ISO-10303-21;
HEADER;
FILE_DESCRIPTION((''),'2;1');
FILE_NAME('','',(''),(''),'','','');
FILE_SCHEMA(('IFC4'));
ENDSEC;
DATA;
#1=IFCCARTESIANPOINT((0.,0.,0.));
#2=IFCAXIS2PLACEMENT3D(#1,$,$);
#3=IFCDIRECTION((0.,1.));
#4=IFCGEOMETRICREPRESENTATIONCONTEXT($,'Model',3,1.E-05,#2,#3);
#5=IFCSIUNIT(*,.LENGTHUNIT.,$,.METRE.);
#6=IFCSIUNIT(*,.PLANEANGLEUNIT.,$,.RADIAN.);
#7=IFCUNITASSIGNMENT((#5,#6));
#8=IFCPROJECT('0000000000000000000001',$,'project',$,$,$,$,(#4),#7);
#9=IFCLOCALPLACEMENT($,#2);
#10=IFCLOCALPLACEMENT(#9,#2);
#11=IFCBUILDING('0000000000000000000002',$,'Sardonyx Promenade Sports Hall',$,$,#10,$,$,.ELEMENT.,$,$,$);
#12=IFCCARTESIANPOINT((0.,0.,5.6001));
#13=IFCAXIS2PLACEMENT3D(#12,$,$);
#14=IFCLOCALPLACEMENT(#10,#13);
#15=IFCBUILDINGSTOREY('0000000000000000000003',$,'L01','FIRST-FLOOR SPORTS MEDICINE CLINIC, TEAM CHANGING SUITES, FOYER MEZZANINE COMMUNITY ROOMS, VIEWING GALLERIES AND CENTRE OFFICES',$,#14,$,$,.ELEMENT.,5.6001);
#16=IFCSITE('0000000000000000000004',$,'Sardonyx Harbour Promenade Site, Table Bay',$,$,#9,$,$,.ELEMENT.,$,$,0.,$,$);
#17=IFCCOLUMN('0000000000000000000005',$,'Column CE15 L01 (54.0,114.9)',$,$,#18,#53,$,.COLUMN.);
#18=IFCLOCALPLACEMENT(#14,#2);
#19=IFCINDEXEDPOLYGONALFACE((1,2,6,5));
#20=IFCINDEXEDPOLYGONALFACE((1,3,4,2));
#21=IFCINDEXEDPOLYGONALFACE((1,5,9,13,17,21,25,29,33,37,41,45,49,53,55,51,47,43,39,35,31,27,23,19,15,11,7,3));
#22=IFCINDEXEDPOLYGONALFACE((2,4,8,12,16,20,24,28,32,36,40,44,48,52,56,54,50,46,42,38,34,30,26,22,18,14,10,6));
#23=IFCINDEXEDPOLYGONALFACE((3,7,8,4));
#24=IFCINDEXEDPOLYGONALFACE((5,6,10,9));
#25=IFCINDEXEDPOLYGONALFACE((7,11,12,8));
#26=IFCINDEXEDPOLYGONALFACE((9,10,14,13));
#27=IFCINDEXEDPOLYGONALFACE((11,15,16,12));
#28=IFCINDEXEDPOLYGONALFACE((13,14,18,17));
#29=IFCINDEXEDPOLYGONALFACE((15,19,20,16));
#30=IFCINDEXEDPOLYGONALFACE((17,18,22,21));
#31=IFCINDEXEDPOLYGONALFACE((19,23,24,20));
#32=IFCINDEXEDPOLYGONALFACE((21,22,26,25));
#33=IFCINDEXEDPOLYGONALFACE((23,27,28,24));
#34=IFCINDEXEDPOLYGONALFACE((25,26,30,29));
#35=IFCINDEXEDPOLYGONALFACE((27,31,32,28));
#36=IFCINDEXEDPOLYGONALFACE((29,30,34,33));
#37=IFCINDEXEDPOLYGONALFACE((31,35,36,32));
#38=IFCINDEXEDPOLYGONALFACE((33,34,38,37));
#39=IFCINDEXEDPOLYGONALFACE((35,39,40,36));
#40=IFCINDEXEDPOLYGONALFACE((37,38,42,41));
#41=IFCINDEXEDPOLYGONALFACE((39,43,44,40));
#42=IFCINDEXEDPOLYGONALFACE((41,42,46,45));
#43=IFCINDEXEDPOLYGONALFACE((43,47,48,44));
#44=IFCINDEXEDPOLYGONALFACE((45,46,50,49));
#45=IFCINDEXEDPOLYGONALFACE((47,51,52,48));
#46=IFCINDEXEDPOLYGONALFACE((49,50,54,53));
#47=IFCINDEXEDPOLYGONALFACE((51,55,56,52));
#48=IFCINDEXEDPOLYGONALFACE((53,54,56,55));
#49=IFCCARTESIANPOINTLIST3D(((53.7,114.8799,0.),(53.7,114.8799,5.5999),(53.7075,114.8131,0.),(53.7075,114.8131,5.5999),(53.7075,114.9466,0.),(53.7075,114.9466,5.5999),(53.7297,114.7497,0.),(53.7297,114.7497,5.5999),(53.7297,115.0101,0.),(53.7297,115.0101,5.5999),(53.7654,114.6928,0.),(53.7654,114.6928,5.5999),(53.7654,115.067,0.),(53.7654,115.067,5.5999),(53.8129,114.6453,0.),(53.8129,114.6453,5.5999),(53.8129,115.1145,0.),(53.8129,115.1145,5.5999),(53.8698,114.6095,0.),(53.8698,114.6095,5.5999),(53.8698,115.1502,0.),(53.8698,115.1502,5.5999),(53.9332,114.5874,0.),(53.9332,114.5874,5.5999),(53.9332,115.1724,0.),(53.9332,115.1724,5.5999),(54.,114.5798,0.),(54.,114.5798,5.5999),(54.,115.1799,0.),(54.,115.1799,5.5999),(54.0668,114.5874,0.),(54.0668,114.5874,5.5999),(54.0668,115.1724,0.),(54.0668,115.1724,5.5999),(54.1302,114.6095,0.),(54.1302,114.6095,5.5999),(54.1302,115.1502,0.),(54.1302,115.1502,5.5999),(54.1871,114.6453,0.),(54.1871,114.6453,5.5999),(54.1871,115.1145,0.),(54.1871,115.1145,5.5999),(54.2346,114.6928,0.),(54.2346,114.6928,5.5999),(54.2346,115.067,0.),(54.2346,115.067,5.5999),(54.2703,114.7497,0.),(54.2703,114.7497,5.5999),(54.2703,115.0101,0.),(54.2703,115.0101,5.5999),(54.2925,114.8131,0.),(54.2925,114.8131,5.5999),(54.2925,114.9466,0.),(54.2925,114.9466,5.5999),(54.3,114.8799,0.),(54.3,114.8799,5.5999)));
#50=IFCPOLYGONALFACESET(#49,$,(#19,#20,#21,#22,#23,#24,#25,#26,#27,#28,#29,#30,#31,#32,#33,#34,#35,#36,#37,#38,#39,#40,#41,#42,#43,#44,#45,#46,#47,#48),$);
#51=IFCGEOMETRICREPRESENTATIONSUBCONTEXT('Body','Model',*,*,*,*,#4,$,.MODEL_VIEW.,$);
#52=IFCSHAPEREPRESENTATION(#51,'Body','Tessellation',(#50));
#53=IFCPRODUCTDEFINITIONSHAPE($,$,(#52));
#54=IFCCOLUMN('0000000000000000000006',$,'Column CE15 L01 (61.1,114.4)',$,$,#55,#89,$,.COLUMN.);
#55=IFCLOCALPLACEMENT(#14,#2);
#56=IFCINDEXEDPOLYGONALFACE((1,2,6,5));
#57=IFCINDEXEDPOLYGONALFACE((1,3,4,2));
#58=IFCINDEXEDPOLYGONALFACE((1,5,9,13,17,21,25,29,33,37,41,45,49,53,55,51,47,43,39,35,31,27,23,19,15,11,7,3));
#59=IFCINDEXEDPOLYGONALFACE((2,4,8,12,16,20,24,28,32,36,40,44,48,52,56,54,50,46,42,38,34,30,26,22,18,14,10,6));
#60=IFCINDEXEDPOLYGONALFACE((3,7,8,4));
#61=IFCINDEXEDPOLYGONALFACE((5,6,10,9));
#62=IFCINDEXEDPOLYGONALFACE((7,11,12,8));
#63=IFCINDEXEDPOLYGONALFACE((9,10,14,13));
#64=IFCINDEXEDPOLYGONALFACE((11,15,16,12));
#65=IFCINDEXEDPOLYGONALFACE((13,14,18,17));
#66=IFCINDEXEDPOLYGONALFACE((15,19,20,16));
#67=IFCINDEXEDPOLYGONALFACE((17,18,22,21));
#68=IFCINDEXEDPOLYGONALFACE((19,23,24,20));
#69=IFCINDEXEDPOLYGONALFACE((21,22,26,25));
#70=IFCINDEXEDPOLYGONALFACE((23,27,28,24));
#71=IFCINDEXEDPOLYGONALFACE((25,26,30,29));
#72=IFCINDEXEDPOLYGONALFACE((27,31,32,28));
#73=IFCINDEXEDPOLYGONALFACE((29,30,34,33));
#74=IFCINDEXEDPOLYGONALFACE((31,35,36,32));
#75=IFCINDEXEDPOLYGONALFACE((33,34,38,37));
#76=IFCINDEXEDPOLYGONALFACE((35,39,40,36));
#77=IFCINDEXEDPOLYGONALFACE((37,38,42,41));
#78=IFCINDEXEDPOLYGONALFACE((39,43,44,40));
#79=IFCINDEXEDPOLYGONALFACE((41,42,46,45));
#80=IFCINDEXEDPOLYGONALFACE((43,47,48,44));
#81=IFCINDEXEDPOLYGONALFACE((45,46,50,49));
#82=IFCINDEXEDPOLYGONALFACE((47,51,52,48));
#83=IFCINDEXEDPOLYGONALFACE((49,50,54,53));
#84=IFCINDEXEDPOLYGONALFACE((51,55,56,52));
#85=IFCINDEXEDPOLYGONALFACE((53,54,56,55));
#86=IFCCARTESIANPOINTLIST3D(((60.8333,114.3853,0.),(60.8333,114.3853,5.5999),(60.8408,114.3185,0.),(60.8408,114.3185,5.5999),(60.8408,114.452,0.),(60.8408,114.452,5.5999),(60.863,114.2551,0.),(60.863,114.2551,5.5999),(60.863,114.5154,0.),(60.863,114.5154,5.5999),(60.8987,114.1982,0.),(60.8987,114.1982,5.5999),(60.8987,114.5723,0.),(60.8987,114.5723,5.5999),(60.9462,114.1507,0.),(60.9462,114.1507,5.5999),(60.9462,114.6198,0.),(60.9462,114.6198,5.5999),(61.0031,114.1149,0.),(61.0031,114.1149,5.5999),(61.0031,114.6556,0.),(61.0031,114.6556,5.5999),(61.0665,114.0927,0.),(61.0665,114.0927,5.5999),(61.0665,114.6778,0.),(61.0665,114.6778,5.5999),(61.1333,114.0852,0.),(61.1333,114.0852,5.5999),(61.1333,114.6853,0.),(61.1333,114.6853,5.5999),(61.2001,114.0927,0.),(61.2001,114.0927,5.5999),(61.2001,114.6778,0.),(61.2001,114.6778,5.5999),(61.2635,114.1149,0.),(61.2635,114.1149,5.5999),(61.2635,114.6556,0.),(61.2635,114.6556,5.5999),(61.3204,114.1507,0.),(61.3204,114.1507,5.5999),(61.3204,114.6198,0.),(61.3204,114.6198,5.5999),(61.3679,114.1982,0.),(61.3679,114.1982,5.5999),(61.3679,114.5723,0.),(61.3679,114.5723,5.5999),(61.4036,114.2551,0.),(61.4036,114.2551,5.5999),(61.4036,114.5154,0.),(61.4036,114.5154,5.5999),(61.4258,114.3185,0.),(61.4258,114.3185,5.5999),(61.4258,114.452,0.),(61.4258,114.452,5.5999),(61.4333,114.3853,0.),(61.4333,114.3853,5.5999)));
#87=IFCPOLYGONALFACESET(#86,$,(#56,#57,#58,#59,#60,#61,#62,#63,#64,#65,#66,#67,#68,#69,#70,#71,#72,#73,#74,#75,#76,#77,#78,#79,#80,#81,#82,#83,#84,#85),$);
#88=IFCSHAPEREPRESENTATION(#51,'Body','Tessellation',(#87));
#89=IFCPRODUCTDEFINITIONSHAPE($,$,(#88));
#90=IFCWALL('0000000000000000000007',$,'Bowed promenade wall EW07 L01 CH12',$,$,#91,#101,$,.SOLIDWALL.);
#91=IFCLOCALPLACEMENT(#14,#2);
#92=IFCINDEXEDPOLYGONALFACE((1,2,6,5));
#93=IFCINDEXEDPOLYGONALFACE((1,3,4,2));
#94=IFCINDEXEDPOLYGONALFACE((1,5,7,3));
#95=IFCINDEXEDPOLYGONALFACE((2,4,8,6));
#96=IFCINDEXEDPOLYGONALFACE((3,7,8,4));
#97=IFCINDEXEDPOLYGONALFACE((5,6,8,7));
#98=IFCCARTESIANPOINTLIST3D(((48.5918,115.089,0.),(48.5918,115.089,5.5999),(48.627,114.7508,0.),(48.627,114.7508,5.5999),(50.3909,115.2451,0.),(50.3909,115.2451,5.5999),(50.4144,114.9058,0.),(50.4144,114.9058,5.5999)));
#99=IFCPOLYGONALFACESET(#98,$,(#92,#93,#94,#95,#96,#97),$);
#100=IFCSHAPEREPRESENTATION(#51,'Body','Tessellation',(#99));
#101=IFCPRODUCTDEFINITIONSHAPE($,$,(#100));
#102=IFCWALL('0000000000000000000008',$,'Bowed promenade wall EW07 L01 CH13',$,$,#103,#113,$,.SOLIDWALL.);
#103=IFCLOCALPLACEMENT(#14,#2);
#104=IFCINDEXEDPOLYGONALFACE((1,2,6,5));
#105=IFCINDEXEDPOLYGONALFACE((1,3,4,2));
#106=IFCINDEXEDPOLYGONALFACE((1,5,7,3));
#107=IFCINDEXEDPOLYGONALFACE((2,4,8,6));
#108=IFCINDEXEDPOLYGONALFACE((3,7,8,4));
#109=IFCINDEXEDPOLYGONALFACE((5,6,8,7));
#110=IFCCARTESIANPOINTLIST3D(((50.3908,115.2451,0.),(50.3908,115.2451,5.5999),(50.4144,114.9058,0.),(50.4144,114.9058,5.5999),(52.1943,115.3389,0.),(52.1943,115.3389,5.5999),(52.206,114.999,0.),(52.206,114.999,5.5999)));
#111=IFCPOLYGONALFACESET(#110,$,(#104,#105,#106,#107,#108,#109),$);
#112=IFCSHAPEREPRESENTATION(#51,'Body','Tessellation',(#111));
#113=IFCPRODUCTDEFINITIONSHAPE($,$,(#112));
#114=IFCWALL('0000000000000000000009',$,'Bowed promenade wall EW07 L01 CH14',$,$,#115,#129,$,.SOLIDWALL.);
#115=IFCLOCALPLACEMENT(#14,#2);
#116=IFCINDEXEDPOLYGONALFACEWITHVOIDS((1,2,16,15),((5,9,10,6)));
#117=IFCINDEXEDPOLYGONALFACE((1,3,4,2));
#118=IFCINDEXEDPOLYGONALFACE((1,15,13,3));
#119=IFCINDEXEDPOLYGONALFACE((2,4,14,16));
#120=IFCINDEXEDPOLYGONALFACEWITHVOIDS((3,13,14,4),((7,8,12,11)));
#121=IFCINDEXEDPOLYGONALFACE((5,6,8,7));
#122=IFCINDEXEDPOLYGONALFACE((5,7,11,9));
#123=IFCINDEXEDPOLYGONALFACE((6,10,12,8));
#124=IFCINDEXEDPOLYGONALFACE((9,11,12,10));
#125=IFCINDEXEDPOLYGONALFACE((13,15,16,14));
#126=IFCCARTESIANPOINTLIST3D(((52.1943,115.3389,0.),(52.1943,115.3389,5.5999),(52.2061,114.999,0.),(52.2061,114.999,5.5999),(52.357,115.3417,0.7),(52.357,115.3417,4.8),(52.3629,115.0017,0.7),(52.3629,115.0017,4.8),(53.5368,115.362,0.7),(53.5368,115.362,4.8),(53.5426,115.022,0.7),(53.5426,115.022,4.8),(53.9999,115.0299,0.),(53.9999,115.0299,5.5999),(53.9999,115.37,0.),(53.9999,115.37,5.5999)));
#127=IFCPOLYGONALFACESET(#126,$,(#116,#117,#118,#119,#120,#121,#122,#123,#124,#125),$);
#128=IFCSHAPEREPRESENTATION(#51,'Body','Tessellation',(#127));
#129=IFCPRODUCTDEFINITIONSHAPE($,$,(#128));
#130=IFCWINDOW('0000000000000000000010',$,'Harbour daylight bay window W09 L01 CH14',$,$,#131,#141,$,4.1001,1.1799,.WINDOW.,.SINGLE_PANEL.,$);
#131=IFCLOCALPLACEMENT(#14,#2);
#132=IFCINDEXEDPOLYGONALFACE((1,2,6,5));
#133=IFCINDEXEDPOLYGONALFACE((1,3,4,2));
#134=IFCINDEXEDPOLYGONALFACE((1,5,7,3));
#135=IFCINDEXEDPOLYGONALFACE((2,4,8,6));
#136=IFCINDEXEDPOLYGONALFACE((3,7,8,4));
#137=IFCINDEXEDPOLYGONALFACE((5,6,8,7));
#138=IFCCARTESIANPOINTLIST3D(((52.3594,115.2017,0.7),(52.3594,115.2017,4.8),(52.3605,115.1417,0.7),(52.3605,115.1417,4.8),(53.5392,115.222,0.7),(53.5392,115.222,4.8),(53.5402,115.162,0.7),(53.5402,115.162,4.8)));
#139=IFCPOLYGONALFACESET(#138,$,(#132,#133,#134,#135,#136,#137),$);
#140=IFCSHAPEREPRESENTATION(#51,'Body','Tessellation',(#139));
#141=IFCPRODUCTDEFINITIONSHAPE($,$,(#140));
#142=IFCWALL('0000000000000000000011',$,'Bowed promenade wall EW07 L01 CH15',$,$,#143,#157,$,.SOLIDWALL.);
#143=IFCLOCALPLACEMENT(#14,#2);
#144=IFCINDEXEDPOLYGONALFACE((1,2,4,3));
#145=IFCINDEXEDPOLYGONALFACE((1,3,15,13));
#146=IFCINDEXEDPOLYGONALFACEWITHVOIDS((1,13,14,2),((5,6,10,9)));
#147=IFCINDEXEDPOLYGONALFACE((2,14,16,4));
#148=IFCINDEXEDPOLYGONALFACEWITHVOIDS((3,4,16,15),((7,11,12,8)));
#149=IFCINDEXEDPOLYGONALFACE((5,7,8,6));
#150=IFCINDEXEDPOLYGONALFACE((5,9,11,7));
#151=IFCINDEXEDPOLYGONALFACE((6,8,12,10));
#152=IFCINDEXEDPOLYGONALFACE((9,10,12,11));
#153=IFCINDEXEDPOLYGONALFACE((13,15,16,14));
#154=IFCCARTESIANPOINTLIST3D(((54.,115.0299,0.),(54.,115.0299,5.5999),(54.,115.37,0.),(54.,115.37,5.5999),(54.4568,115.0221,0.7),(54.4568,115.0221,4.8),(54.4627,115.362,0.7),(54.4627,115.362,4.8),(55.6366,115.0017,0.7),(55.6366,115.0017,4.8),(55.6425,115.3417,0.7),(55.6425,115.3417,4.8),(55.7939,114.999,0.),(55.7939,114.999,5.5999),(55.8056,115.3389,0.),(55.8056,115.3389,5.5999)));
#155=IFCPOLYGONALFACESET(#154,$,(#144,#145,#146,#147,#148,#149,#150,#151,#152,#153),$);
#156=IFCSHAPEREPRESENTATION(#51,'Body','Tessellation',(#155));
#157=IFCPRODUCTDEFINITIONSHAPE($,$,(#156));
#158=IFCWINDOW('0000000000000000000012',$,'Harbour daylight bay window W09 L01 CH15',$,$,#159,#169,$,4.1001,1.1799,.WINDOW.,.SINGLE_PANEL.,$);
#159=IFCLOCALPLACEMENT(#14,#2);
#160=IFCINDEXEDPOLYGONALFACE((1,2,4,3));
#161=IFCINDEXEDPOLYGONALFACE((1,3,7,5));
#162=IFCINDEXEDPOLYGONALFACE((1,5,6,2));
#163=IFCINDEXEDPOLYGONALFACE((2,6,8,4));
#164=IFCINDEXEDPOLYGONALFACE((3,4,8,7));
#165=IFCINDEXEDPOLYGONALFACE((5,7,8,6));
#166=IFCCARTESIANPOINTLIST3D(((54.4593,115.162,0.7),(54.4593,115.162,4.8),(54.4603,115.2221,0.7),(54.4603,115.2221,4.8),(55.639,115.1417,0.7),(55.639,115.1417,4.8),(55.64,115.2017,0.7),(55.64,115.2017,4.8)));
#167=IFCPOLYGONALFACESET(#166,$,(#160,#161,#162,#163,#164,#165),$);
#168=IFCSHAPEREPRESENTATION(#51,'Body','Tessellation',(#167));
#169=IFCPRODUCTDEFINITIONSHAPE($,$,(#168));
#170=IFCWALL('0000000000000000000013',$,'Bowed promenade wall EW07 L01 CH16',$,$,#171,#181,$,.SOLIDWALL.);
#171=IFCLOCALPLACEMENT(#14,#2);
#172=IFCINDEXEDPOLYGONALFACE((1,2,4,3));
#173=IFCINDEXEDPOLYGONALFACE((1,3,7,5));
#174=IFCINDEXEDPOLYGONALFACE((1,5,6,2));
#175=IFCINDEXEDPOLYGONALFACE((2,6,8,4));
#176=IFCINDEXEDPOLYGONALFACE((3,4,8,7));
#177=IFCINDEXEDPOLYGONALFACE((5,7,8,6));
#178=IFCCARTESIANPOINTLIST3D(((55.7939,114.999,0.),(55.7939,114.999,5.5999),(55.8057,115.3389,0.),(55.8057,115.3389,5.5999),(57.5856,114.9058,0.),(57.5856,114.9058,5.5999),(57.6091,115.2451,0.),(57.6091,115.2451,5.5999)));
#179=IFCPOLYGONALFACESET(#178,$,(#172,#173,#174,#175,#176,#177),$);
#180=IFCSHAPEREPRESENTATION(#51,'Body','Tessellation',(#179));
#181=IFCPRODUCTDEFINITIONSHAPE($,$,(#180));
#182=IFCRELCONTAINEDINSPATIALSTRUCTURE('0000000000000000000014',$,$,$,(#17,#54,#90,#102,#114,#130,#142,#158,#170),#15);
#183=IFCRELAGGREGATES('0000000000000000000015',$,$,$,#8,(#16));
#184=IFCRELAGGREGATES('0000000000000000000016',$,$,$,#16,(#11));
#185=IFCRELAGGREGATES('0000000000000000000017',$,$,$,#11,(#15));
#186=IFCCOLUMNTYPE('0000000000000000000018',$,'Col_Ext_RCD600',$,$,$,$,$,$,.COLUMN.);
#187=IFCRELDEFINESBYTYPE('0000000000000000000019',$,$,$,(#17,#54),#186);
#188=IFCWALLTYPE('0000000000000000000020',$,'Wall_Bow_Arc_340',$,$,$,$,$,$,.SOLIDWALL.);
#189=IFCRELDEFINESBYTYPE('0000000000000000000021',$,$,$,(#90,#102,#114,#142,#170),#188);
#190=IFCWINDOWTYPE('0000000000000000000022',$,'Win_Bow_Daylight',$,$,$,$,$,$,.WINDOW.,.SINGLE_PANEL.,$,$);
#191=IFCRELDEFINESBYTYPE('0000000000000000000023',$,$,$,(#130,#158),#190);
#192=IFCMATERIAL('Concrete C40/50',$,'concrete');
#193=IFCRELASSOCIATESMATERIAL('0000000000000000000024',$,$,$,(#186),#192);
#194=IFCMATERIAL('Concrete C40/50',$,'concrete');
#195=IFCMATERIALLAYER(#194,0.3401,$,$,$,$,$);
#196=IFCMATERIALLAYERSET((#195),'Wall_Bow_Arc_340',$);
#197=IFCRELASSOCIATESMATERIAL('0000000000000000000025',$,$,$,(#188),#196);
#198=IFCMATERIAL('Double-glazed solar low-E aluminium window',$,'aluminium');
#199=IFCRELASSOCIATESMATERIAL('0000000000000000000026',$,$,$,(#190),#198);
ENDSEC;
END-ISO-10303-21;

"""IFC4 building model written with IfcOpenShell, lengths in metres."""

from ifc_helpers import new_model, si_unit, direction, frame, frame_2d, origin, origin_2d, place, context, subcontext, project, spatial, polyline, rectangle, circle, outline, extrude, material, layer, layer_set, material_profile, profile_set, type_object, element, fill, save


model = new_model("IFC4")

# Units and contexts
model_context = context("Model", 3, precision=1e-05, world=origin(), true_north=direction((0.0, 1.0)))
body_context = subcontext(model_context, "Body", "Model", "MODEL_VIEW")
ifc_project = project(units=[si_unit("LENGTHUNIT", "METRE"), si_unit("PLANEANGLEUNIT", "RADIAN")], contexts=[model_context])

# Site, building, storey
site_placement = place(None, origin())
site = spatial("IfcSite", under=ifc_project, at=site_placement, Name="Sardonyx Harbour Promenade Site, Table Bay", CompositionType="ELEMENT", RefElevation=0.0)
building_placement = place(site_placement, origin())
building = spatial("IfcBuilding", under=site, at=building_placement, Name="Sardonyx Promenade Sports Hall", CompositionType="ELEMENT")
storey_placement = place(building_placement, frame((0.0, 0.0, 5.6001)))
storey = spatial("IfcBuildingStorey", under=building, at=storey_placement, Name="L01", Description="FIRST-FLOOR SPORTS MEDICINE CLINIC, TEAM CHANGING SUITES, FOYER MEZZANINE COMMUNITY ROOMS, VIEWING GALLERIES AND CENTRE OFFICES", CompositionType="ELEMENT", Elevation=5.6001)

# Columns
ifc_material_1 = material(Name="Concrete C40/50", Category="concrete")
ifc_material_profile = material_profile(ifc_material_1, circle(Radius=0.3, at=origin_2d()))
ifc_profile_set = profile_set([ifc_material_profile], Name="Concrete C40/50")
column_type = type_object("IfcColumnType", Name="Col_Ext_RCD600", PredefinedType="COLUMN", material=ifc_profile_set)
for number, where, z_axis, x_axis, name in (
    (1, (54.0, 114.8799, 0.0), (0.0, 0.0, 1.0), (1.0, 0.0, 0.0), "Column CE15 L01 (54.0,114.9)"),
    (2, (61.1333, 114.3853, 0.0), (0.0, 0.0, 1.0), (1.0, 0.0, 0.0), "Column CE15 L01 (61.1,114.4)"),
):
    element("IfcColumn", number, at=place(storey_placement, frame(where, z_axis=z_axis, x_axis=x_axis)), inside=storey, type_object=column_type, Name=name, PredefinedType="COLUMN", context=body_context, shape_type="SweptSolid", body=[
        extrude(circle(Radius=0.3, at=origin_2d()), origin(), (0.0, 0.0, 1.0), 5.5999),
    ])

# Walls
ifc_material_2 = material(Name="Concrete C40/50", Category="concrete")
ifc_layer_1 = layer(ifc_material_2, 0.3401)
ifc_layer_set_1 = layer_set([ifc_layer_1], Name="Wall_Bow_Arc_340")
wall_type = type_object("IfcWallType", Name="Wall_Bow_Arc_340", PredefinedType="SOLIDWALL", material=ifc_layer_set_1)
wall_1_placement = place(storey_placement, frame((48.6094, 114.9199, 0.0), z_axis=(0.0, 0.0, 1.0), x_axis=(0.99626, 0.086401, 0.0)))
element("IfcWall", 3, at=wall_1_placement, inside=storey, type_object=wall_type, Name="Bowed promenade wall EW07 L01 CH12", PredefinedType="SOLIDWALL", context=body_context, shape_type="SweptSolid", body=[
    extrude(outline(polyline([(0.0029, -0.17), (1.7971, -0.17), (1.8029, 0.17), (-0.0029, 0.17), (0.0029, -0.17)])), origin(), (0.0, 0.0, 1.0), 5.5999),
])
wall_2_placement = place(storey_placement, frame((50.4026, 115.0754, 0.0), z_axis=(0.0, 0.0, 1.0), x_axis=(0.99865, 0.051947, 0.0)))
element("IfcWall", 4, at=wall_2_placement, inside=storey, type_object=wall_type, Name="Bowed promenade wall EW07 L01 CH13", PredefinedType="SOLIDWALL", context=body_context, shape_type="SweptSolid", body=[
    extrude(outline(polyline([(0.0029, -0.17), (1.7971, -0.17), (1.8029, 0.17), (-0.0029, 0.17), (0.0029, -0.17)])), origin(), (0.0, 0.0, 1.0), 5.5999),
])

# Walls, openings, windows
wall_3_placement = place(storey_placement, frame((52.2002, 115.1689, 0.0), z_axis=(0.0, 0.0, 1.0), x_axis=(0.999852, 0.017225, 0.0)))
wall_3 = element("IfcWall", 5, at=wall_3_placement, inside=storey, type_object=wall_type, Name="Bowed promenade wall EW07 L01 CH14", PredefinedType="SOLIDWALL", context=body_context, shape_type="SweptSolid", body=[
    extrude(outline(polyline([(0.0029, -0.17), (1.7971, -0.17), (1.8029, 0.17), (-0.0029, 0.17), (0.0029, -0.17)])), origin(), (0.0, 0.0, 1.0), 5.5999),
])
opening_1_placement = place(wall_3_placement, frame((0.1599, 0.0, 0.7)))
opening_1 = element("IfcOpeningElement", 6, at=opening_1_placement, cuts=wall_3, PredefinedType="OPENING", context=body_context, shape_type="SweptSolid", body=[
    extrude(rectangle(XDim=1.1799, YDim=4.1001, at=frame_2d((0.5898, 2.05))), frame((0.0, 0.18, 0.0), z_axis=(0.0, -1.0, 0.0), x_axis=(1.0, 0.0, 0.0)), (0.0, 0.0, 1.0), 0.36),
])
ifc_material_3 = material(Name="Double-glazed solar low-E aluminium window", Category="aluminium")
window_type = type_object("IfcWindowType", Name="Win_Bow_Daylight", PartitioningType="SINGLE_PANEL", PredefinedType="WINDOW", material=ifc_material_3)
window_1_placement = place(opening_1_placement, origin())
window_1 = element("IfcWindow", 7, at=window_1_placement, inside=storey, type_object=window_type, Name="Harbour daylight bay window W09 L01 CH14", OverallHeight=4.1001, OverallWidth=1.1799, PartitioningType="SINGLE_PANEL", PredefinedType="WINDOW", context=body_context, shape_type="SweptSolid", body=[
    extrude(rectangle(XDim=1.1799, YDim=4.1001, at=frame_2d((0.5898, 2.05))), frame((0.0, 0.03, 0.0), z_axis=(0.0, -1.0, 0.0), x_axis=(1.0, 0.0, 0.0)), (0.0, 0.0, 1.0), 0.0601),
])
fill(opening_1, window_1)
wall_4_placement = place(storey_placement, frame((54.0, 115.2, 0.0), z_axis=(0.0, 0.0, 1.0), x_axis=(0.999852, -0.017225, 0.0)))
wall_4 = element("IfcWall", 8, at=wall_4_placement, inside=storey, type_object=wall_type, Name="Bowed promenade wall EW07 L01 CH15", PredefinedType="SOLIDWALL", context=body_context, shape_type="SweptSolid", body=[
    extrude(outline(polyline([(0.0029, -0.17), (1.7971, -0.17), (1.8029, 0.17), (-0.0029, 0.17), (0.0029, -0.17)])), origin(), (0.0, 0.0, 1.0), 5.5999),
])
opening_2_placement = place(wall_4_placement, frame((0.46, 0.0, 0.7)))
opening_2 = element("IfcOpeningElement", 9, at=opening_2_placement, cuts=wall_4, PredefinedType="OPENING", context=body_context, shape_type="SweptSolid", body=[
    extrude(rectangle(XDim=1.1799, YDim=4.1001, at=frame_2d((0.5898, 2.05))), frame((0.0, 0.18, 0.0), z_axis=(0.0, -1.0, 0.0), x_axis=(1.0, 0.0, 0.0)), (0.0, 0.0, 1.0), 0.36),
])
window_2_placement = place(opening_2_placement, origin())
window_2 = element("IfcWindow", 10, at=window_2_placement, inside=storey, type_object=window_type, Name="Harbour daylight bay window W09 L01 CH15", OverallHeight=4.1001, OverallWidth=1.1799, PartitioningType="SINGLE_PANEL", PredefinedType="WINDOW", context=body_context, shape_type="SweptSolid", body=[
    extrude(rectangle(XDim=1.1799, YDim=4.1001, at=frame_2d((0.5898, 2.05))), frame((0.0, 0.03, 0.0), z_axis=(0.0, -1.0, 0.0), x_axis=(1.0, 0.0, 0.0)), (0.0, 0.0, 1.0), 0.0601),
])
fill(opening_2, window_2)

# Wall
wall_5_placement = place(storey_placement, frame((55.7998, 115.1689, 0.0), z_axis=(0.0, 0.0, 1.0), x_axis=(0.99865, -0.051947, 0.0)))
element("IfcWall", 11, at=wall_5_placement, inside=storey, type_object=wall_type, Name="Bowed promenade wall EW07 L01 CH16", PredefinedType="SOLIDWALL", context=body_context, shape_type="SweptSolid", body=[
    extrude(outline(polyline([(0.0029, -0.17), (1.7971, -0.17), (1.8029, 0.17), (-0.0029, 0.17), (0.0029, -0.17)])), origin(), (0.0, 0.0, 1.0), 5.5999),
])

save(model, "model.ifc")
